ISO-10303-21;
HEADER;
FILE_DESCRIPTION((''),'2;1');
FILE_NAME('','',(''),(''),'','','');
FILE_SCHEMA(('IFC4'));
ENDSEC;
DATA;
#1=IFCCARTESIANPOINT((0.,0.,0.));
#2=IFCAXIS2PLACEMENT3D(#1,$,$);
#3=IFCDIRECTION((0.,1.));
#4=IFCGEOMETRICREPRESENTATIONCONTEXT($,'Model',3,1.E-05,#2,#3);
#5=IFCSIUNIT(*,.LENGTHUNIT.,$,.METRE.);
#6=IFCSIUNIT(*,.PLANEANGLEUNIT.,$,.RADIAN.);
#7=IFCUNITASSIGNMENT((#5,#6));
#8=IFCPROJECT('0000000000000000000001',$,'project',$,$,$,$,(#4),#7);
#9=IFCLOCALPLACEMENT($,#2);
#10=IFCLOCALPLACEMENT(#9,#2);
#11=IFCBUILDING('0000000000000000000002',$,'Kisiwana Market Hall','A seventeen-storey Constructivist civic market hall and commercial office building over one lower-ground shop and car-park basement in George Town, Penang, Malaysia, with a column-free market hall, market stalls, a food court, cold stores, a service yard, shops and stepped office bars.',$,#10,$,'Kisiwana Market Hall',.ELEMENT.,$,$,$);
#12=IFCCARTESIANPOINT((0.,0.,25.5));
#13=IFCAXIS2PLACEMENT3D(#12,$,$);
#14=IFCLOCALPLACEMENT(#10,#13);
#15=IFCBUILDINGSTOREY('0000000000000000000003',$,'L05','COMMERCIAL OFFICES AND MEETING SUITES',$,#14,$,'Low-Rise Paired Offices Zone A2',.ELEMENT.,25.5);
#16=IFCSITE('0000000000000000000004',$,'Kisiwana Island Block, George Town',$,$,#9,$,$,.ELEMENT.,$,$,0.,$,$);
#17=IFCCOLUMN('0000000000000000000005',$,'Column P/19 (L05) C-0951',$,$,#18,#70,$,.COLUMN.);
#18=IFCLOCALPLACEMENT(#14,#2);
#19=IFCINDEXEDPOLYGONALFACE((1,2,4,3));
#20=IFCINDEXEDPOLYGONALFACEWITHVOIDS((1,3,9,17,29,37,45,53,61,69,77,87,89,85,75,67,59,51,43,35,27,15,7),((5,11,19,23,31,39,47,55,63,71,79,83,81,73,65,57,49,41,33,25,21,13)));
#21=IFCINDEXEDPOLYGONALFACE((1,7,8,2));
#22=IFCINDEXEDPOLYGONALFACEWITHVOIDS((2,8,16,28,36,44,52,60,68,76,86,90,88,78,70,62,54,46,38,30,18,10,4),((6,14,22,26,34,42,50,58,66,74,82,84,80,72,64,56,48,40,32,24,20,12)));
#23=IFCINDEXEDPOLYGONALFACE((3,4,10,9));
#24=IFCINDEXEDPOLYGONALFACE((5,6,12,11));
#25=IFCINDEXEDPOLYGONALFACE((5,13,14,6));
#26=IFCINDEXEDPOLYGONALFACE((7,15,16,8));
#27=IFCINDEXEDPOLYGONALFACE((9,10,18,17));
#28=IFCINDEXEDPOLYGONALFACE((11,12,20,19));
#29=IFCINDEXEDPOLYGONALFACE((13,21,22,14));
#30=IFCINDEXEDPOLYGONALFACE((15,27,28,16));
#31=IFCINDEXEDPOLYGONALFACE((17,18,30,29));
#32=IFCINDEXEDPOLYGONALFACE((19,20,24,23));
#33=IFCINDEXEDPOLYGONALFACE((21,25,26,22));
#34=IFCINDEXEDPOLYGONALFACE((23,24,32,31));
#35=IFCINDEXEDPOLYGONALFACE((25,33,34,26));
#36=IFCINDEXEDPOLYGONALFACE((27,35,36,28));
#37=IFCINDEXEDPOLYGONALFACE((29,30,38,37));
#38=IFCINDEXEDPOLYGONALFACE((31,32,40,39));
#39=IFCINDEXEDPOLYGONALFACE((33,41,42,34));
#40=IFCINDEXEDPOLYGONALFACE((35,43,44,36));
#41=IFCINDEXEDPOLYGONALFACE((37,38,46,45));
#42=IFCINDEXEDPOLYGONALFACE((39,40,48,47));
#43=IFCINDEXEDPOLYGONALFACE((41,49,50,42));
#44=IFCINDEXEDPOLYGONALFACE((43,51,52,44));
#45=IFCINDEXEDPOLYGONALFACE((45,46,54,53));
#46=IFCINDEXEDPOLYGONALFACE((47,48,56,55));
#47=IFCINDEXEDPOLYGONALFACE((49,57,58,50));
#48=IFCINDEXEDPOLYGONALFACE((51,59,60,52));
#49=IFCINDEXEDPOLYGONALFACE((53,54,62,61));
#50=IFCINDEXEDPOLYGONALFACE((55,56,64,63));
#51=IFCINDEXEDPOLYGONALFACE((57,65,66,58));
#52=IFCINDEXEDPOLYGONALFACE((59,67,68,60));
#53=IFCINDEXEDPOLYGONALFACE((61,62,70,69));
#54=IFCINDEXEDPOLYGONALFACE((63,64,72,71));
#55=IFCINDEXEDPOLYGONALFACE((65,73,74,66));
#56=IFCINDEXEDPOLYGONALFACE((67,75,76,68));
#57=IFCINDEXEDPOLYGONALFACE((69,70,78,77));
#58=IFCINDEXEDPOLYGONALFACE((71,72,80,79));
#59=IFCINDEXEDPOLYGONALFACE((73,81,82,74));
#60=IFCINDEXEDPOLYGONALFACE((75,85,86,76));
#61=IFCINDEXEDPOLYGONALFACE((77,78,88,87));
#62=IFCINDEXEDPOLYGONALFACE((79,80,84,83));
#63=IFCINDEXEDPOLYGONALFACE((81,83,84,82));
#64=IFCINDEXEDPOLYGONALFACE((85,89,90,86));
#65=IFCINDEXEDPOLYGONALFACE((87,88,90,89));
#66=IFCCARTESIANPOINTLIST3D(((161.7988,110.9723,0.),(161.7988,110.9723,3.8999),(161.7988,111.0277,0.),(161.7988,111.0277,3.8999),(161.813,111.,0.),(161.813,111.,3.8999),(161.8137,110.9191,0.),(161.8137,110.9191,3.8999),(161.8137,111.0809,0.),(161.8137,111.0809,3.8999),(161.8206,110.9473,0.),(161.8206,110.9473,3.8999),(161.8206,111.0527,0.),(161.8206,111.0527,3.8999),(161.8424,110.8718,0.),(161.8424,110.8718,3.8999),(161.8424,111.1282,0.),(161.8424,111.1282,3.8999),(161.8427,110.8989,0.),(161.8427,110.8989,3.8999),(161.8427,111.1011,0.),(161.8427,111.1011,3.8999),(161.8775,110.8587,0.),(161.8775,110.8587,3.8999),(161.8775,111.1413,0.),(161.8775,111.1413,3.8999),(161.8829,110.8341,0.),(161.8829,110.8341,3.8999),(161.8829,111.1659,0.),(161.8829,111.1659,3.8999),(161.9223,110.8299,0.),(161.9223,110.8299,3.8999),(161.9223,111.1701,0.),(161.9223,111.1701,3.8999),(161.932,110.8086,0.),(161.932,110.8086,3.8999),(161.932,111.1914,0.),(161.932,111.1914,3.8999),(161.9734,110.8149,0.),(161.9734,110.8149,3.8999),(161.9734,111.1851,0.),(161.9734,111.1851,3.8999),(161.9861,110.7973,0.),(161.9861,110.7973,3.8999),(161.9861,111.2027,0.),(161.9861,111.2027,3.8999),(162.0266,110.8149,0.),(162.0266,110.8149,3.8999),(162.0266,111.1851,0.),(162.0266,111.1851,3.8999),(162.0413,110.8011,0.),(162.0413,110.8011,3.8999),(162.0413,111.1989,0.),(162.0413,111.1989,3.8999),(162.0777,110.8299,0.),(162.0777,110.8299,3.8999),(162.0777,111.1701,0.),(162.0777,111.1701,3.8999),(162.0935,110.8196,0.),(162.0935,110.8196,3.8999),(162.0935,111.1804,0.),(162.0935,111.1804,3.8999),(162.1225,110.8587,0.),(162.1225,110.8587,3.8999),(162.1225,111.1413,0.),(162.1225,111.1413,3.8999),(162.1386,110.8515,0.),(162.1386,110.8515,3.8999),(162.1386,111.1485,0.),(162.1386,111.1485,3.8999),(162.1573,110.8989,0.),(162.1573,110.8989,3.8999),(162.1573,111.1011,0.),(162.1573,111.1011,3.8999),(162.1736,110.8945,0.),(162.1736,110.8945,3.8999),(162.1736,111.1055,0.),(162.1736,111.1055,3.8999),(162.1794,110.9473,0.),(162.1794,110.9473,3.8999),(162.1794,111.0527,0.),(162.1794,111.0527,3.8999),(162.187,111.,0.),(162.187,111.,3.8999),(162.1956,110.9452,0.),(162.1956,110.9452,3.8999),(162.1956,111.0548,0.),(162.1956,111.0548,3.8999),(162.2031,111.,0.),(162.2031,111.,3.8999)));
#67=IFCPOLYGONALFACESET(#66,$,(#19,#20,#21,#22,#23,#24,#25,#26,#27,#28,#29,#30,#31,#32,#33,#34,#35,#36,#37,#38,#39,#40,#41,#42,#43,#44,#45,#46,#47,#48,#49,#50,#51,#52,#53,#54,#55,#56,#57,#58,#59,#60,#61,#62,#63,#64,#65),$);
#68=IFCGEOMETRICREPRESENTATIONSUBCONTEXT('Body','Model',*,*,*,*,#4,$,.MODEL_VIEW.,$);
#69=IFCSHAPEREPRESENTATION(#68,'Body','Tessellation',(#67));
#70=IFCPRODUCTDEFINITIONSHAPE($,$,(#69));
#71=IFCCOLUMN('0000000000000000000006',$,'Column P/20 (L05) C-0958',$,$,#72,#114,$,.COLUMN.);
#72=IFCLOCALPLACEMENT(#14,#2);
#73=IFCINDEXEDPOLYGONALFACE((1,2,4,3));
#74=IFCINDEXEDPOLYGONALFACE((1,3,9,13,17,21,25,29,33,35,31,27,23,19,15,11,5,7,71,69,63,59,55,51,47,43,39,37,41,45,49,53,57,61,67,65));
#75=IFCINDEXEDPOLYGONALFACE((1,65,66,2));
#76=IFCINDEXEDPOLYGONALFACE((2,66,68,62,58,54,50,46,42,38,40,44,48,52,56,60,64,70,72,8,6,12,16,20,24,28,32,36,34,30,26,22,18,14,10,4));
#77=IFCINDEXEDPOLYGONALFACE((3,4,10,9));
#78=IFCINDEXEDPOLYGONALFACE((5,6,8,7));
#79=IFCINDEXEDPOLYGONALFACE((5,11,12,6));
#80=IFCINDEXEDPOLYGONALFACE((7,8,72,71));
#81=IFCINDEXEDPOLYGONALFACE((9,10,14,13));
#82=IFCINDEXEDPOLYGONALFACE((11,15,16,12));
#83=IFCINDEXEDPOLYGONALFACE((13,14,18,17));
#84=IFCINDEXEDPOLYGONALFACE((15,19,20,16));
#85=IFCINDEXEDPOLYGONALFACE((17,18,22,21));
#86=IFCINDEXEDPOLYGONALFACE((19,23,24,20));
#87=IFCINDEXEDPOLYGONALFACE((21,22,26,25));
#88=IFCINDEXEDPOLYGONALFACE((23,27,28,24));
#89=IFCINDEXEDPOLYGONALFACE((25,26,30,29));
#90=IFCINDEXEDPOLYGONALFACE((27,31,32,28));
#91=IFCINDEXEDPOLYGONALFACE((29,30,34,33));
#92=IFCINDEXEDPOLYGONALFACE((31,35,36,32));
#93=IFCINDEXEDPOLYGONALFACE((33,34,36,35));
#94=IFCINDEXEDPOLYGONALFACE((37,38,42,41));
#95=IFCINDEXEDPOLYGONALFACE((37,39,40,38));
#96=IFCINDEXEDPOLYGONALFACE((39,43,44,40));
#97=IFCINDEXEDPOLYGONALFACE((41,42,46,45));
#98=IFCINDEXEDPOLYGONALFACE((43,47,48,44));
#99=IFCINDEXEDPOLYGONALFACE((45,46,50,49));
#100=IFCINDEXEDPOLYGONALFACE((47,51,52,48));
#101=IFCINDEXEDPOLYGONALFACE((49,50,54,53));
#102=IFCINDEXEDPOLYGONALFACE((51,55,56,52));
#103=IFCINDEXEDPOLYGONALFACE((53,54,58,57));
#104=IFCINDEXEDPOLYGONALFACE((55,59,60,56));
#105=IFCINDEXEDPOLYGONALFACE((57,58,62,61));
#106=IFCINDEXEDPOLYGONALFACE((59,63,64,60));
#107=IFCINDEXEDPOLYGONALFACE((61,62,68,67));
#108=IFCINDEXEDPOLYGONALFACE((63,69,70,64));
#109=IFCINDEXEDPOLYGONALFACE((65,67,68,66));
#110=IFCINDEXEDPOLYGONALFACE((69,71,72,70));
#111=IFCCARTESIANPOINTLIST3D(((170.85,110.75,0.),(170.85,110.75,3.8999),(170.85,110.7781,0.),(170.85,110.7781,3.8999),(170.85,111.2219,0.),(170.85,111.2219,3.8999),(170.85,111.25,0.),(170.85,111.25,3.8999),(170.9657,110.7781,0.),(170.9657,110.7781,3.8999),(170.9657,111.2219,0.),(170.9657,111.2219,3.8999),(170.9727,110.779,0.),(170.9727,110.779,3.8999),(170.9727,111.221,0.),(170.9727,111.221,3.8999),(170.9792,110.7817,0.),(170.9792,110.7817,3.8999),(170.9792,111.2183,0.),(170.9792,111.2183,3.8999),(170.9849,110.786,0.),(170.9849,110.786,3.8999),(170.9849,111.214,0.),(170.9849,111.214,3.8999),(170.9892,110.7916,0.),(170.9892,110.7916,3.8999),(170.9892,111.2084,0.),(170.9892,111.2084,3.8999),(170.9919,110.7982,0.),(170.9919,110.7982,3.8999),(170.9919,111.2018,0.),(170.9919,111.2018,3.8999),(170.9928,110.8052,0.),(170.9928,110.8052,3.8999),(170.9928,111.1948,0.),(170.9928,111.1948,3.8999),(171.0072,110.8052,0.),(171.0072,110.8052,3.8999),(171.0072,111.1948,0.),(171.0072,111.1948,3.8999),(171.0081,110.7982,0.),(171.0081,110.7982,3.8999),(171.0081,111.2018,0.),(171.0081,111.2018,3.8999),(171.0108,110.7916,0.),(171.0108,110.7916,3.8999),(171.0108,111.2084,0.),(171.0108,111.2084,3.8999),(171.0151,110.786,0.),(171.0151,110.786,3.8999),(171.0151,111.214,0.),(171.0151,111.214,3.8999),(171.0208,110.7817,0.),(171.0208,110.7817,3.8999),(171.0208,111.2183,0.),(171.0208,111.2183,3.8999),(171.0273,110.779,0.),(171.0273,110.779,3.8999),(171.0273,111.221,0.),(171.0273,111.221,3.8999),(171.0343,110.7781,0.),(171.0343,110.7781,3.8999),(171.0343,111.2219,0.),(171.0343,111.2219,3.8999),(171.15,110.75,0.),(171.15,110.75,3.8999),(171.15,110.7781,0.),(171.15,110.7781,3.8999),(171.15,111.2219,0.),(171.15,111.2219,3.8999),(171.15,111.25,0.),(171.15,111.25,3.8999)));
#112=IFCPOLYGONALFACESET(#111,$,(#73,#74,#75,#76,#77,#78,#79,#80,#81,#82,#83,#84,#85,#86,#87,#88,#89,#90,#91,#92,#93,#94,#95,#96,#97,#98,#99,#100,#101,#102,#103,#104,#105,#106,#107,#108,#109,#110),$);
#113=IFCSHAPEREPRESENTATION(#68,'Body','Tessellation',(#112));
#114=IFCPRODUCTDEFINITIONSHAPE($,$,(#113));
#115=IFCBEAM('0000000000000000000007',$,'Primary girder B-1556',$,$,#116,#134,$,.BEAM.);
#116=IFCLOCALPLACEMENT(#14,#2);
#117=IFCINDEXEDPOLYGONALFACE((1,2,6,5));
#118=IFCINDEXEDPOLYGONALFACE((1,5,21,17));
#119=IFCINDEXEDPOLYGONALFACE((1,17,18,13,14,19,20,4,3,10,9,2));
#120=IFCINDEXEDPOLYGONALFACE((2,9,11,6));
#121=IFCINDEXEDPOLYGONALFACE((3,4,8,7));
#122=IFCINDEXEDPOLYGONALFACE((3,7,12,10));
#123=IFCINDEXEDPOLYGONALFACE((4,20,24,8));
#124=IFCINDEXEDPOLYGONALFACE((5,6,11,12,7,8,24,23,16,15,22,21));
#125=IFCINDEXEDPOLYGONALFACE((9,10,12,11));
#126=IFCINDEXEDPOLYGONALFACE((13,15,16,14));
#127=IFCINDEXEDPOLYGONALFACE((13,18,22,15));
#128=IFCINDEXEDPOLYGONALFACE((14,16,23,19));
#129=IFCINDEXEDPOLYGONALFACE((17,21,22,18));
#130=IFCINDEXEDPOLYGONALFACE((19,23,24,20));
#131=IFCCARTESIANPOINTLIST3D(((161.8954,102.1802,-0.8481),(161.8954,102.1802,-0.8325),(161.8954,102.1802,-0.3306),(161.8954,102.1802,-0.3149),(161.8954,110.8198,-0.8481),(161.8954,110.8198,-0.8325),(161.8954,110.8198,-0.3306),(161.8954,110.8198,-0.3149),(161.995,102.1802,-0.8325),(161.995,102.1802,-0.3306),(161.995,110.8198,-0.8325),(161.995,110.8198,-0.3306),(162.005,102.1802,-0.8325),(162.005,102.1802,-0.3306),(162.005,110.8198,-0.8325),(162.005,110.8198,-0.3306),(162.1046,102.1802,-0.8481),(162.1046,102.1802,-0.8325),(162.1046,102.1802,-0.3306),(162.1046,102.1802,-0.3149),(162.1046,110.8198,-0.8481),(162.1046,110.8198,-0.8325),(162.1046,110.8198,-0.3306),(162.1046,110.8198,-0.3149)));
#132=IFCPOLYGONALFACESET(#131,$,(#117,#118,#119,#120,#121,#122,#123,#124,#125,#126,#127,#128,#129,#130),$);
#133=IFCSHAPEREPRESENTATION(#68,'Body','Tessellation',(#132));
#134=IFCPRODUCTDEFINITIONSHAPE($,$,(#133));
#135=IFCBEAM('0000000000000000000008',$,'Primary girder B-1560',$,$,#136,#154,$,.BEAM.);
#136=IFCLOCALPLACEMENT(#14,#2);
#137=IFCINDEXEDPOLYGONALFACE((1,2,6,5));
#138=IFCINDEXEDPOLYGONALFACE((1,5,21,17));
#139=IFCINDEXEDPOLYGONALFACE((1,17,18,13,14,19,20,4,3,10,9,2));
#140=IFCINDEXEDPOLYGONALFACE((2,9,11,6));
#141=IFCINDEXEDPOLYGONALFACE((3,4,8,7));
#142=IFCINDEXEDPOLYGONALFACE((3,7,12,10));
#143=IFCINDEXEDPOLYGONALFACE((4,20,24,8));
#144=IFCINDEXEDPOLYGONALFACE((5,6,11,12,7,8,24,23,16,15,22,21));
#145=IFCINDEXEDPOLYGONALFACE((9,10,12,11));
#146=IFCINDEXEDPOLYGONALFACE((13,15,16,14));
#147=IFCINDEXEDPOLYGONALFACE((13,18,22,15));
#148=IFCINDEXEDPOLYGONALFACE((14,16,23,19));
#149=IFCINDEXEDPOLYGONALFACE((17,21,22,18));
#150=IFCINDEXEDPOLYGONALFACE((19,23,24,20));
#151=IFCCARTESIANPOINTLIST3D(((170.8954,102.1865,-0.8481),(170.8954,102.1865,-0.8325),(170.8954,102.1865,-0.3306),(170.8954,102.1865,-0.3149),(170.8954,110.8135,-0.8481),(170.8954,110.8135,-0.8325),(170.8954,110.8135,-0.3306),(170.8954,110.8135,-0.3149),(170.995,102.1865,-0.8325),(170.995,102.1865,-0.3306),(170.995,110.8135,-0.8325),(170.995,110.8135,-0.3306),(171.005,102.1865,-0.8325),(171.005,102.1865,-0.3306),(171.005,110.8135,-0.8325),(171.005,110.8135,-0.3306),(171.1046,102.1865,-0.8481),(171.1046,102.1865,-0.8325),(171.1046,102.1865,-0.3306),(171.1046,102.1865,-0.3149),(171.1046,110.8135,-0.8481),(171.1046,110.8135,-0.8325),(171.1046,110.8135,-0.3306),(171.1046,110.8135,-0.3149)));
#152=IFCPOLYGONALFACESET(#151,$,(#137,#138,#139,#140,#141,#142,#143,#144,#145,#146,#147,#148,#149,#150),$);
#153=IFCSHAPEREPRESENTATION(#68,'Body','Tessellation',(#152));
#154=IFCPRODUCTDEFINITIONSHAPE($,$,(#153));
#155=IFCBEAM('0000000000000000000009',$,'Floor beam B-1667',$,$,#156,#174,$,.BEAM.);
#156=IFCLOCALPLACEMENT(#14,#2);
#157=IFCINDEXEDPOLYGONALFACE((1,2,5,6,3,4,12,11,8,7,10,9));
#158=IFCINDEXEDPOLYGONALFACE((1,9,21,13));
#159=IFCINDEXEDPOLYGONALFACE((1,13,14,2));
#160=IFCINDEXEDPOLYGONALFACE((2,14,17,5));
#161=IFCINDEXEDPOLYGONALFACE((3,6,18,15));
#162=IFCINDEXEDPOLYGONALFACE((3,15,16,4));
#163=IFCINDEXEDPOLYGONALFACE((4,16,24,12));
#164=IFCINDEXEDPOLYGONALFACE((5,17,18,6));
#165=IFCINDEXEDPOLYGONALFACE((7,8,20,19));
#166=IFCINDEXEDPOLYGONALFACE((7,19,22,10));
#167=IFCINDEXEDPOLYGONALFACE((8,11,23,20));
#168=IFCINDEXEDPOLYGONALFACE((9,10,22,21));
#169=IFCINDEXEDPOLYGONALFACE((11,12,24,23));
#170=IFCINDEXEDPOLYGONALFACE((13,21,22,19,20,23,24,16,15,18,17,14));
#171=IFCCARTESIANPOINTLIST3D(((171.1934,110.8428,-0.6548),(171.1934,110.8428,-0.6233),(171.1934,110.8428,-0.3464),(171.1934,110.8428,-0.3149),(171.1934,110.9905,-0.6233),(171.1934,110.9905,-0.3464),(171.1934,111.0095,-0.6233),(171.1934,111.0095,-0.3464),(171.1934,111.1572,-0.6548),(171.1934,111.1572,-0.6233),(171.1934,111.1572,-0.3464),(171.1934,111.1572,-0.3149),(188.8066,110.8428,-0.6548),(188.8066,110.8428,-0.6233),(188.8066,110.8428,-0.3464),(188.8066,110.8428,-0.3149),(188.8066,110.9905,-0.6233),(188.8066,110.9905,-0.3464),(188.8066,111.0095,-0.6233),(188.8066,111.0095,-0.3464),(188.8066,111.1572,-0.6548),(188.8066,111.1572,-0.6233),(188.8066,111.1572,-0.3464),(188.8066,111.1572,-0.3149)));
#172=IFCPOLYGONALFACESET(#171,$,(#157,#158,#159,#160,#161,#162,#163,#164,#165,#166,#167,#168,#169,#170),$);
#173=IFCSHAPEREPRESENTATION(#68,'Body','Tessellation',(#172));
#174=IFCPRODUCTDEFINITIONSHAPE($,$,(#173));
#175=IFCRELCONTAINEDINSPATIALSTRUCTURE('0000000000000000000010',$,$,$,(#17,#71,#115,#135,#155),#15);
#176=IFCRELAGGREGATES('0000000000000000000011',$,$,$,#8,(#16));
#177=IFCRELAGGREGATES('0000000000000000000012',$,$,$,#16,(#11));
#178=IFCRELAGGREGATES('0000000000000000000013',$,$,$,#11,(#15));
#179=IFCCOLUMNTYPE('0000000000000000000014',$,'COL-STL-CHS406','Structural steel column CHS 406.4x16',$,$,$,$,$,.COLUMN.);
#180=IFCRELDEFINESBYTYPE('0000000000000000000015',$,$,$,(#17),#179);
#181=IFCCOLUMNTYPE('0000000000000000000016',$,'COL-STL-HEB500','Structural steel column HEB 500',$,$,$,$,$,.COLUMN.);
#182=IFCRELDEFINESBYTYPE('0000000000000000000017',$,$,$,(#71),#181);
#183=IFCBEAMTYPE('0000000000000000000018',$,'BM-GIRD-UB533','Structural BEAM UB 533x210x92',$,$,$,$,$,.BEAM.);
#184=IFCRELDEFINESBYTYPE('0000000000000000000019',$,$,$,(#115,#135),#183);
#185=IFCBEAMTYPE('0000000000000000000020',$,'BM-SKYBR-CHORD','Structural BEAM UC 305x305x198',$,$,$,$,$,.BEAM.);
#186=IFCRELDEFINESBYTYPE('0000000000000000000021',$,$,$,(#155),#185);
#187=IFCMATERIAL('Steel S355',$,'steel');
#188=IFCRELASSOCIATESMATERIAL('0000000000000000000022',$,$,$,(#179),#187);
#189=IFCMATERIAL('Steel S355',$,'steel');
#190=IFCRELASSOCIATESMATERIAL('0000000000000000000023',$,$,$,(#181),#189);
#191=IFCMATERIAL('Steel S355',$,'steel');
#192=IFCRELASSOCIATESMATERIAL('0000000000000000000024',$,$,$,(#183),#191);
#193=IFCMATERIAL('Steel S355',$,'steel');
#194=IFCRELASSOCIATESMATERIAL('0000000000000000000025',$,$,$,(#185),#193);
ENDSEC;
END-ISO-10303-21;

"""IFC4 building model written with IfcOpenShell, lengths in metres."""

from ifc_helpers import new_model, si_unit, direction, frame, origin, origin_2d, place, context, subcontext, project, spatial, hollow_circle, i_section, extrude, material, material_profile, profile_set, type_object, element, save


model = new_model("IFC4")

# Units and contexts
model_context = context("Model", 3, precision=1e-05, world=origin(), true_north=direction((0.0, 1.0)))
body_context = subcontext(model_context, "Body", "Model", "MODEL_VIEW")
ifc_project = project(units=[si_unit("LENGTHUNIT", "METRE"), si_unit("PLANEANGLEUNIT", "RADIAN")], contexts=[model_context])

# Site, building, storey
site_placement = place(None, origin())
site = spatial("IfcSite", under=ifc_project, at=site_placement, Name="Kisiwana Island Block, George Town", CompositionType="ELEMENT", RefElevation=0.0)
building_placement = place(site_placement, origin())
building = spatial("IfcBuilding", under=site, at=building_placement, Name="Kisiwana Market Hall", Description="A seventeen-storey Constructivist civic market hall and commercial office building over one lower-ground shop and car-park basement in George Town, Penang, Malaysia, with a column-free market hall, market stalls, a food court, cold stores, a service yard, shops and stepped office bars.", LongName="Kisiwana Market Hall", CompositionType="ELEMENT")
storey_placement = place(building_placement, frame((0.0, 0.0, 25.5)))
storey = spatial("IfcBuildingStorey", under=building, at=storey_placement, Name="L05", Description="COMMERCIAL OFFICES AND MEETING SUITES", LongName="Low-Rise Paired Offices Zone A2", CompositionType="ELEMENT", Elevation=25.5)

# Columns
ifc_material_1 = material(Name="Steel S355", Category="steel")
ifc_material_profile_1 = material_profile(ifc_material_1, hollow_circle(Radius=0.2031, WallThickness=0.0161, at=origin_2d()), Name="CHS 406.4x16")
ifc_profile_set_1 = profile_set([ifc_material_profile_1], Name="Steel S355")
column_type_1 = type_object("IfcColumnType", Name="COL-STL-CHS406", Description="Structural steel column CHS 406.4x16", PredefinedType="COLUMN", material=ifc_profile_set_1)
column_1_placement = place(storey_placement, frame((162.0, 111.0, 0.0), z_axis=(0.0, 0.0, 1.0), x_axis=(1.0, 0.0, 0.0)))
element("IfcColumn", 1, at=column_1_placement, inside=storey, type_object=column_type_1, Name="Column P/19 (L05) C-0951", PredefinedType="COLUMN", context=body_context, shape_type="SweptSolid", body=[
    extrude(hollow_circle(Radius=0.2031, WallThickness=0.0161, at=origin_2d()), origin(), (0.0, 0.0, 1.0), 3.8999),
])
ifc_material_2 = material(Name="Steel S355", Category="steel")
ifc_material_profile_2 = material_profile(ifc_material_2, i_section(OverallWidth=0.3, OverallDepth=0.5, WebThickness=0.0144, FlangeThickness=0.0281, FilletRadius=0.0271, at=origin_2d()), Name="HEB 500")
ifc_profile_set_2 = profile_set([ifc_material_profile_2], Name="Steel S355")
column_type_2 = type_object("IfcColumnType", Name="COL-STL-HEB500", Description="Structural steel column HEB 500", PredefinedType="COLUMN", material=ifc_profile_set_2)
column_2_placement = place(storey_placement, frame((171.0, 111.0, 0.0), z_axis=(0.0, 0.0, 1.0), x_axis=(1.0, 0.0, 0.0)))
element("IfcColumn", 2, at=column_2_placement, inside=storey, type_object=column_type_2, Name="Column P/20 (L05) C-0958", PredefinedType="COLUMN", context=body_context, shape_type="SweptSolid", body=[
    extrude(i_section(OverallWidth=0.3, OverallDepth=0.5, WebThickness=0.0144, FlangeThickness=0.0281, FilletRadius=0.0271, at=origin_2d()), origin(), (0.0, 0.0, 1.0), 3.8999),
])

# Beams
ifc_material_3 = material(Name="Steel S355", Category="steel")
ifc_material_profile_3 = material_profile(ifc_material_3, i_section(OverallWidth=0.2092, OverallDepth=0.5332, WebThickness=0.01, FlangeThickness=0.0156, at=origin_2d()), Name="UB 533x210x92")
ifc_profile_set_3 = profile_set([ifc_material_profile_3], Name="Steel S355")
beam_type_1 = type_object("IfcBeamType", Name="BM-GIRD-UB533", Description="Structural BEAM UB 533x210x92", PredefinedType="BEAM", material=ifc_profile_set_3)
beam_1_placement = place(storey_placement, frame((162.0, 102.1802, -0.5815), z_axis=(0.0, 1.0, 0.0), x_axis=(-1.0, 0.0, 0.0)))
element("IfcBeam", 3, at=beam_1_placement, inside=storey, type_object=beam_type_1, Name="Primary girder B-1556", PredefinedType="BEAM", context=body_context, shape_type="SweptSolid", body=[
    extrude(i_section(OverallWidth=0.2092, OverallDepth=0.5332, WebThickness=0.01, FlangeThickness=0.0156, at=origin_2d()), origin(), (0.0, 0.0, 1.0), 8.6396),
])
beam_2_placement = place(storey_placement, frame((171.0, 102.1865, -0.5815), z_axis=(0.0, 1.0, 0.0), x_axis=(-1.0, 0.0, 0.0)))
element("IfcBeam", 4, at=beam_2_placement, inside=storey, type_object=beam_type_1, Name="Primary girder B-1560", PredefinedType="BEAM", context=body_context, shape_type="SweptSolid", body=[
    extrude(i_section(OverallWidth=0.2092, OverallDepth=0.5332, WebThickness=0.01, FlangeThickness=0.0156, at=origin_2d()), origin(), (0.0, 0.0, 1.0), 8.627),
])
ifc_material_4 = material(Name="Steel S355", Category="steel")
ifc_material_profile_4 = material_profile(ifc_material_4, i_section(OverallWidth=0.3145, OverallDepth=0.3398, WebThickness=0.019, FlangeThickness=0.0315, at=origin_2d()), Name="UC 305x305x198")
ifc_profile_set_4 = profile_set([ifc_material_profile_4], Name="Steel S355")
beam_type_2 = type_object("IfcBeamType", Name="BM-SKYBR-CHORD", Description="Structural BEAM UC 305x305x198", PredefinedType="BEAM", material=ifc_profile_set_4)
beam_3_placement = place(storey_placement, frame((171.1934, 111.0, -0.4849), z_axis=(1.0, 0.0, 0.0), x_axis=(0.0, 1.0, 0.0)))
element("IfcBeam", 5, at=beam_3_placement, inside=storey, type_object=beam_type_2, Name="Floor beam B-1667", PredefinedType="BEAM", context=body_context, shape_type="SweptSolid", body=[
    extrude(i_section(OverallWidth=0.3145, OverallDepth=0.3398, WebThickness=0.019, FlangeThickness=0.0315, at=origin_2d()), origin(), (0.0, 0.0, 1.0), 17.6133),
])

save(model, "model.ifc")
